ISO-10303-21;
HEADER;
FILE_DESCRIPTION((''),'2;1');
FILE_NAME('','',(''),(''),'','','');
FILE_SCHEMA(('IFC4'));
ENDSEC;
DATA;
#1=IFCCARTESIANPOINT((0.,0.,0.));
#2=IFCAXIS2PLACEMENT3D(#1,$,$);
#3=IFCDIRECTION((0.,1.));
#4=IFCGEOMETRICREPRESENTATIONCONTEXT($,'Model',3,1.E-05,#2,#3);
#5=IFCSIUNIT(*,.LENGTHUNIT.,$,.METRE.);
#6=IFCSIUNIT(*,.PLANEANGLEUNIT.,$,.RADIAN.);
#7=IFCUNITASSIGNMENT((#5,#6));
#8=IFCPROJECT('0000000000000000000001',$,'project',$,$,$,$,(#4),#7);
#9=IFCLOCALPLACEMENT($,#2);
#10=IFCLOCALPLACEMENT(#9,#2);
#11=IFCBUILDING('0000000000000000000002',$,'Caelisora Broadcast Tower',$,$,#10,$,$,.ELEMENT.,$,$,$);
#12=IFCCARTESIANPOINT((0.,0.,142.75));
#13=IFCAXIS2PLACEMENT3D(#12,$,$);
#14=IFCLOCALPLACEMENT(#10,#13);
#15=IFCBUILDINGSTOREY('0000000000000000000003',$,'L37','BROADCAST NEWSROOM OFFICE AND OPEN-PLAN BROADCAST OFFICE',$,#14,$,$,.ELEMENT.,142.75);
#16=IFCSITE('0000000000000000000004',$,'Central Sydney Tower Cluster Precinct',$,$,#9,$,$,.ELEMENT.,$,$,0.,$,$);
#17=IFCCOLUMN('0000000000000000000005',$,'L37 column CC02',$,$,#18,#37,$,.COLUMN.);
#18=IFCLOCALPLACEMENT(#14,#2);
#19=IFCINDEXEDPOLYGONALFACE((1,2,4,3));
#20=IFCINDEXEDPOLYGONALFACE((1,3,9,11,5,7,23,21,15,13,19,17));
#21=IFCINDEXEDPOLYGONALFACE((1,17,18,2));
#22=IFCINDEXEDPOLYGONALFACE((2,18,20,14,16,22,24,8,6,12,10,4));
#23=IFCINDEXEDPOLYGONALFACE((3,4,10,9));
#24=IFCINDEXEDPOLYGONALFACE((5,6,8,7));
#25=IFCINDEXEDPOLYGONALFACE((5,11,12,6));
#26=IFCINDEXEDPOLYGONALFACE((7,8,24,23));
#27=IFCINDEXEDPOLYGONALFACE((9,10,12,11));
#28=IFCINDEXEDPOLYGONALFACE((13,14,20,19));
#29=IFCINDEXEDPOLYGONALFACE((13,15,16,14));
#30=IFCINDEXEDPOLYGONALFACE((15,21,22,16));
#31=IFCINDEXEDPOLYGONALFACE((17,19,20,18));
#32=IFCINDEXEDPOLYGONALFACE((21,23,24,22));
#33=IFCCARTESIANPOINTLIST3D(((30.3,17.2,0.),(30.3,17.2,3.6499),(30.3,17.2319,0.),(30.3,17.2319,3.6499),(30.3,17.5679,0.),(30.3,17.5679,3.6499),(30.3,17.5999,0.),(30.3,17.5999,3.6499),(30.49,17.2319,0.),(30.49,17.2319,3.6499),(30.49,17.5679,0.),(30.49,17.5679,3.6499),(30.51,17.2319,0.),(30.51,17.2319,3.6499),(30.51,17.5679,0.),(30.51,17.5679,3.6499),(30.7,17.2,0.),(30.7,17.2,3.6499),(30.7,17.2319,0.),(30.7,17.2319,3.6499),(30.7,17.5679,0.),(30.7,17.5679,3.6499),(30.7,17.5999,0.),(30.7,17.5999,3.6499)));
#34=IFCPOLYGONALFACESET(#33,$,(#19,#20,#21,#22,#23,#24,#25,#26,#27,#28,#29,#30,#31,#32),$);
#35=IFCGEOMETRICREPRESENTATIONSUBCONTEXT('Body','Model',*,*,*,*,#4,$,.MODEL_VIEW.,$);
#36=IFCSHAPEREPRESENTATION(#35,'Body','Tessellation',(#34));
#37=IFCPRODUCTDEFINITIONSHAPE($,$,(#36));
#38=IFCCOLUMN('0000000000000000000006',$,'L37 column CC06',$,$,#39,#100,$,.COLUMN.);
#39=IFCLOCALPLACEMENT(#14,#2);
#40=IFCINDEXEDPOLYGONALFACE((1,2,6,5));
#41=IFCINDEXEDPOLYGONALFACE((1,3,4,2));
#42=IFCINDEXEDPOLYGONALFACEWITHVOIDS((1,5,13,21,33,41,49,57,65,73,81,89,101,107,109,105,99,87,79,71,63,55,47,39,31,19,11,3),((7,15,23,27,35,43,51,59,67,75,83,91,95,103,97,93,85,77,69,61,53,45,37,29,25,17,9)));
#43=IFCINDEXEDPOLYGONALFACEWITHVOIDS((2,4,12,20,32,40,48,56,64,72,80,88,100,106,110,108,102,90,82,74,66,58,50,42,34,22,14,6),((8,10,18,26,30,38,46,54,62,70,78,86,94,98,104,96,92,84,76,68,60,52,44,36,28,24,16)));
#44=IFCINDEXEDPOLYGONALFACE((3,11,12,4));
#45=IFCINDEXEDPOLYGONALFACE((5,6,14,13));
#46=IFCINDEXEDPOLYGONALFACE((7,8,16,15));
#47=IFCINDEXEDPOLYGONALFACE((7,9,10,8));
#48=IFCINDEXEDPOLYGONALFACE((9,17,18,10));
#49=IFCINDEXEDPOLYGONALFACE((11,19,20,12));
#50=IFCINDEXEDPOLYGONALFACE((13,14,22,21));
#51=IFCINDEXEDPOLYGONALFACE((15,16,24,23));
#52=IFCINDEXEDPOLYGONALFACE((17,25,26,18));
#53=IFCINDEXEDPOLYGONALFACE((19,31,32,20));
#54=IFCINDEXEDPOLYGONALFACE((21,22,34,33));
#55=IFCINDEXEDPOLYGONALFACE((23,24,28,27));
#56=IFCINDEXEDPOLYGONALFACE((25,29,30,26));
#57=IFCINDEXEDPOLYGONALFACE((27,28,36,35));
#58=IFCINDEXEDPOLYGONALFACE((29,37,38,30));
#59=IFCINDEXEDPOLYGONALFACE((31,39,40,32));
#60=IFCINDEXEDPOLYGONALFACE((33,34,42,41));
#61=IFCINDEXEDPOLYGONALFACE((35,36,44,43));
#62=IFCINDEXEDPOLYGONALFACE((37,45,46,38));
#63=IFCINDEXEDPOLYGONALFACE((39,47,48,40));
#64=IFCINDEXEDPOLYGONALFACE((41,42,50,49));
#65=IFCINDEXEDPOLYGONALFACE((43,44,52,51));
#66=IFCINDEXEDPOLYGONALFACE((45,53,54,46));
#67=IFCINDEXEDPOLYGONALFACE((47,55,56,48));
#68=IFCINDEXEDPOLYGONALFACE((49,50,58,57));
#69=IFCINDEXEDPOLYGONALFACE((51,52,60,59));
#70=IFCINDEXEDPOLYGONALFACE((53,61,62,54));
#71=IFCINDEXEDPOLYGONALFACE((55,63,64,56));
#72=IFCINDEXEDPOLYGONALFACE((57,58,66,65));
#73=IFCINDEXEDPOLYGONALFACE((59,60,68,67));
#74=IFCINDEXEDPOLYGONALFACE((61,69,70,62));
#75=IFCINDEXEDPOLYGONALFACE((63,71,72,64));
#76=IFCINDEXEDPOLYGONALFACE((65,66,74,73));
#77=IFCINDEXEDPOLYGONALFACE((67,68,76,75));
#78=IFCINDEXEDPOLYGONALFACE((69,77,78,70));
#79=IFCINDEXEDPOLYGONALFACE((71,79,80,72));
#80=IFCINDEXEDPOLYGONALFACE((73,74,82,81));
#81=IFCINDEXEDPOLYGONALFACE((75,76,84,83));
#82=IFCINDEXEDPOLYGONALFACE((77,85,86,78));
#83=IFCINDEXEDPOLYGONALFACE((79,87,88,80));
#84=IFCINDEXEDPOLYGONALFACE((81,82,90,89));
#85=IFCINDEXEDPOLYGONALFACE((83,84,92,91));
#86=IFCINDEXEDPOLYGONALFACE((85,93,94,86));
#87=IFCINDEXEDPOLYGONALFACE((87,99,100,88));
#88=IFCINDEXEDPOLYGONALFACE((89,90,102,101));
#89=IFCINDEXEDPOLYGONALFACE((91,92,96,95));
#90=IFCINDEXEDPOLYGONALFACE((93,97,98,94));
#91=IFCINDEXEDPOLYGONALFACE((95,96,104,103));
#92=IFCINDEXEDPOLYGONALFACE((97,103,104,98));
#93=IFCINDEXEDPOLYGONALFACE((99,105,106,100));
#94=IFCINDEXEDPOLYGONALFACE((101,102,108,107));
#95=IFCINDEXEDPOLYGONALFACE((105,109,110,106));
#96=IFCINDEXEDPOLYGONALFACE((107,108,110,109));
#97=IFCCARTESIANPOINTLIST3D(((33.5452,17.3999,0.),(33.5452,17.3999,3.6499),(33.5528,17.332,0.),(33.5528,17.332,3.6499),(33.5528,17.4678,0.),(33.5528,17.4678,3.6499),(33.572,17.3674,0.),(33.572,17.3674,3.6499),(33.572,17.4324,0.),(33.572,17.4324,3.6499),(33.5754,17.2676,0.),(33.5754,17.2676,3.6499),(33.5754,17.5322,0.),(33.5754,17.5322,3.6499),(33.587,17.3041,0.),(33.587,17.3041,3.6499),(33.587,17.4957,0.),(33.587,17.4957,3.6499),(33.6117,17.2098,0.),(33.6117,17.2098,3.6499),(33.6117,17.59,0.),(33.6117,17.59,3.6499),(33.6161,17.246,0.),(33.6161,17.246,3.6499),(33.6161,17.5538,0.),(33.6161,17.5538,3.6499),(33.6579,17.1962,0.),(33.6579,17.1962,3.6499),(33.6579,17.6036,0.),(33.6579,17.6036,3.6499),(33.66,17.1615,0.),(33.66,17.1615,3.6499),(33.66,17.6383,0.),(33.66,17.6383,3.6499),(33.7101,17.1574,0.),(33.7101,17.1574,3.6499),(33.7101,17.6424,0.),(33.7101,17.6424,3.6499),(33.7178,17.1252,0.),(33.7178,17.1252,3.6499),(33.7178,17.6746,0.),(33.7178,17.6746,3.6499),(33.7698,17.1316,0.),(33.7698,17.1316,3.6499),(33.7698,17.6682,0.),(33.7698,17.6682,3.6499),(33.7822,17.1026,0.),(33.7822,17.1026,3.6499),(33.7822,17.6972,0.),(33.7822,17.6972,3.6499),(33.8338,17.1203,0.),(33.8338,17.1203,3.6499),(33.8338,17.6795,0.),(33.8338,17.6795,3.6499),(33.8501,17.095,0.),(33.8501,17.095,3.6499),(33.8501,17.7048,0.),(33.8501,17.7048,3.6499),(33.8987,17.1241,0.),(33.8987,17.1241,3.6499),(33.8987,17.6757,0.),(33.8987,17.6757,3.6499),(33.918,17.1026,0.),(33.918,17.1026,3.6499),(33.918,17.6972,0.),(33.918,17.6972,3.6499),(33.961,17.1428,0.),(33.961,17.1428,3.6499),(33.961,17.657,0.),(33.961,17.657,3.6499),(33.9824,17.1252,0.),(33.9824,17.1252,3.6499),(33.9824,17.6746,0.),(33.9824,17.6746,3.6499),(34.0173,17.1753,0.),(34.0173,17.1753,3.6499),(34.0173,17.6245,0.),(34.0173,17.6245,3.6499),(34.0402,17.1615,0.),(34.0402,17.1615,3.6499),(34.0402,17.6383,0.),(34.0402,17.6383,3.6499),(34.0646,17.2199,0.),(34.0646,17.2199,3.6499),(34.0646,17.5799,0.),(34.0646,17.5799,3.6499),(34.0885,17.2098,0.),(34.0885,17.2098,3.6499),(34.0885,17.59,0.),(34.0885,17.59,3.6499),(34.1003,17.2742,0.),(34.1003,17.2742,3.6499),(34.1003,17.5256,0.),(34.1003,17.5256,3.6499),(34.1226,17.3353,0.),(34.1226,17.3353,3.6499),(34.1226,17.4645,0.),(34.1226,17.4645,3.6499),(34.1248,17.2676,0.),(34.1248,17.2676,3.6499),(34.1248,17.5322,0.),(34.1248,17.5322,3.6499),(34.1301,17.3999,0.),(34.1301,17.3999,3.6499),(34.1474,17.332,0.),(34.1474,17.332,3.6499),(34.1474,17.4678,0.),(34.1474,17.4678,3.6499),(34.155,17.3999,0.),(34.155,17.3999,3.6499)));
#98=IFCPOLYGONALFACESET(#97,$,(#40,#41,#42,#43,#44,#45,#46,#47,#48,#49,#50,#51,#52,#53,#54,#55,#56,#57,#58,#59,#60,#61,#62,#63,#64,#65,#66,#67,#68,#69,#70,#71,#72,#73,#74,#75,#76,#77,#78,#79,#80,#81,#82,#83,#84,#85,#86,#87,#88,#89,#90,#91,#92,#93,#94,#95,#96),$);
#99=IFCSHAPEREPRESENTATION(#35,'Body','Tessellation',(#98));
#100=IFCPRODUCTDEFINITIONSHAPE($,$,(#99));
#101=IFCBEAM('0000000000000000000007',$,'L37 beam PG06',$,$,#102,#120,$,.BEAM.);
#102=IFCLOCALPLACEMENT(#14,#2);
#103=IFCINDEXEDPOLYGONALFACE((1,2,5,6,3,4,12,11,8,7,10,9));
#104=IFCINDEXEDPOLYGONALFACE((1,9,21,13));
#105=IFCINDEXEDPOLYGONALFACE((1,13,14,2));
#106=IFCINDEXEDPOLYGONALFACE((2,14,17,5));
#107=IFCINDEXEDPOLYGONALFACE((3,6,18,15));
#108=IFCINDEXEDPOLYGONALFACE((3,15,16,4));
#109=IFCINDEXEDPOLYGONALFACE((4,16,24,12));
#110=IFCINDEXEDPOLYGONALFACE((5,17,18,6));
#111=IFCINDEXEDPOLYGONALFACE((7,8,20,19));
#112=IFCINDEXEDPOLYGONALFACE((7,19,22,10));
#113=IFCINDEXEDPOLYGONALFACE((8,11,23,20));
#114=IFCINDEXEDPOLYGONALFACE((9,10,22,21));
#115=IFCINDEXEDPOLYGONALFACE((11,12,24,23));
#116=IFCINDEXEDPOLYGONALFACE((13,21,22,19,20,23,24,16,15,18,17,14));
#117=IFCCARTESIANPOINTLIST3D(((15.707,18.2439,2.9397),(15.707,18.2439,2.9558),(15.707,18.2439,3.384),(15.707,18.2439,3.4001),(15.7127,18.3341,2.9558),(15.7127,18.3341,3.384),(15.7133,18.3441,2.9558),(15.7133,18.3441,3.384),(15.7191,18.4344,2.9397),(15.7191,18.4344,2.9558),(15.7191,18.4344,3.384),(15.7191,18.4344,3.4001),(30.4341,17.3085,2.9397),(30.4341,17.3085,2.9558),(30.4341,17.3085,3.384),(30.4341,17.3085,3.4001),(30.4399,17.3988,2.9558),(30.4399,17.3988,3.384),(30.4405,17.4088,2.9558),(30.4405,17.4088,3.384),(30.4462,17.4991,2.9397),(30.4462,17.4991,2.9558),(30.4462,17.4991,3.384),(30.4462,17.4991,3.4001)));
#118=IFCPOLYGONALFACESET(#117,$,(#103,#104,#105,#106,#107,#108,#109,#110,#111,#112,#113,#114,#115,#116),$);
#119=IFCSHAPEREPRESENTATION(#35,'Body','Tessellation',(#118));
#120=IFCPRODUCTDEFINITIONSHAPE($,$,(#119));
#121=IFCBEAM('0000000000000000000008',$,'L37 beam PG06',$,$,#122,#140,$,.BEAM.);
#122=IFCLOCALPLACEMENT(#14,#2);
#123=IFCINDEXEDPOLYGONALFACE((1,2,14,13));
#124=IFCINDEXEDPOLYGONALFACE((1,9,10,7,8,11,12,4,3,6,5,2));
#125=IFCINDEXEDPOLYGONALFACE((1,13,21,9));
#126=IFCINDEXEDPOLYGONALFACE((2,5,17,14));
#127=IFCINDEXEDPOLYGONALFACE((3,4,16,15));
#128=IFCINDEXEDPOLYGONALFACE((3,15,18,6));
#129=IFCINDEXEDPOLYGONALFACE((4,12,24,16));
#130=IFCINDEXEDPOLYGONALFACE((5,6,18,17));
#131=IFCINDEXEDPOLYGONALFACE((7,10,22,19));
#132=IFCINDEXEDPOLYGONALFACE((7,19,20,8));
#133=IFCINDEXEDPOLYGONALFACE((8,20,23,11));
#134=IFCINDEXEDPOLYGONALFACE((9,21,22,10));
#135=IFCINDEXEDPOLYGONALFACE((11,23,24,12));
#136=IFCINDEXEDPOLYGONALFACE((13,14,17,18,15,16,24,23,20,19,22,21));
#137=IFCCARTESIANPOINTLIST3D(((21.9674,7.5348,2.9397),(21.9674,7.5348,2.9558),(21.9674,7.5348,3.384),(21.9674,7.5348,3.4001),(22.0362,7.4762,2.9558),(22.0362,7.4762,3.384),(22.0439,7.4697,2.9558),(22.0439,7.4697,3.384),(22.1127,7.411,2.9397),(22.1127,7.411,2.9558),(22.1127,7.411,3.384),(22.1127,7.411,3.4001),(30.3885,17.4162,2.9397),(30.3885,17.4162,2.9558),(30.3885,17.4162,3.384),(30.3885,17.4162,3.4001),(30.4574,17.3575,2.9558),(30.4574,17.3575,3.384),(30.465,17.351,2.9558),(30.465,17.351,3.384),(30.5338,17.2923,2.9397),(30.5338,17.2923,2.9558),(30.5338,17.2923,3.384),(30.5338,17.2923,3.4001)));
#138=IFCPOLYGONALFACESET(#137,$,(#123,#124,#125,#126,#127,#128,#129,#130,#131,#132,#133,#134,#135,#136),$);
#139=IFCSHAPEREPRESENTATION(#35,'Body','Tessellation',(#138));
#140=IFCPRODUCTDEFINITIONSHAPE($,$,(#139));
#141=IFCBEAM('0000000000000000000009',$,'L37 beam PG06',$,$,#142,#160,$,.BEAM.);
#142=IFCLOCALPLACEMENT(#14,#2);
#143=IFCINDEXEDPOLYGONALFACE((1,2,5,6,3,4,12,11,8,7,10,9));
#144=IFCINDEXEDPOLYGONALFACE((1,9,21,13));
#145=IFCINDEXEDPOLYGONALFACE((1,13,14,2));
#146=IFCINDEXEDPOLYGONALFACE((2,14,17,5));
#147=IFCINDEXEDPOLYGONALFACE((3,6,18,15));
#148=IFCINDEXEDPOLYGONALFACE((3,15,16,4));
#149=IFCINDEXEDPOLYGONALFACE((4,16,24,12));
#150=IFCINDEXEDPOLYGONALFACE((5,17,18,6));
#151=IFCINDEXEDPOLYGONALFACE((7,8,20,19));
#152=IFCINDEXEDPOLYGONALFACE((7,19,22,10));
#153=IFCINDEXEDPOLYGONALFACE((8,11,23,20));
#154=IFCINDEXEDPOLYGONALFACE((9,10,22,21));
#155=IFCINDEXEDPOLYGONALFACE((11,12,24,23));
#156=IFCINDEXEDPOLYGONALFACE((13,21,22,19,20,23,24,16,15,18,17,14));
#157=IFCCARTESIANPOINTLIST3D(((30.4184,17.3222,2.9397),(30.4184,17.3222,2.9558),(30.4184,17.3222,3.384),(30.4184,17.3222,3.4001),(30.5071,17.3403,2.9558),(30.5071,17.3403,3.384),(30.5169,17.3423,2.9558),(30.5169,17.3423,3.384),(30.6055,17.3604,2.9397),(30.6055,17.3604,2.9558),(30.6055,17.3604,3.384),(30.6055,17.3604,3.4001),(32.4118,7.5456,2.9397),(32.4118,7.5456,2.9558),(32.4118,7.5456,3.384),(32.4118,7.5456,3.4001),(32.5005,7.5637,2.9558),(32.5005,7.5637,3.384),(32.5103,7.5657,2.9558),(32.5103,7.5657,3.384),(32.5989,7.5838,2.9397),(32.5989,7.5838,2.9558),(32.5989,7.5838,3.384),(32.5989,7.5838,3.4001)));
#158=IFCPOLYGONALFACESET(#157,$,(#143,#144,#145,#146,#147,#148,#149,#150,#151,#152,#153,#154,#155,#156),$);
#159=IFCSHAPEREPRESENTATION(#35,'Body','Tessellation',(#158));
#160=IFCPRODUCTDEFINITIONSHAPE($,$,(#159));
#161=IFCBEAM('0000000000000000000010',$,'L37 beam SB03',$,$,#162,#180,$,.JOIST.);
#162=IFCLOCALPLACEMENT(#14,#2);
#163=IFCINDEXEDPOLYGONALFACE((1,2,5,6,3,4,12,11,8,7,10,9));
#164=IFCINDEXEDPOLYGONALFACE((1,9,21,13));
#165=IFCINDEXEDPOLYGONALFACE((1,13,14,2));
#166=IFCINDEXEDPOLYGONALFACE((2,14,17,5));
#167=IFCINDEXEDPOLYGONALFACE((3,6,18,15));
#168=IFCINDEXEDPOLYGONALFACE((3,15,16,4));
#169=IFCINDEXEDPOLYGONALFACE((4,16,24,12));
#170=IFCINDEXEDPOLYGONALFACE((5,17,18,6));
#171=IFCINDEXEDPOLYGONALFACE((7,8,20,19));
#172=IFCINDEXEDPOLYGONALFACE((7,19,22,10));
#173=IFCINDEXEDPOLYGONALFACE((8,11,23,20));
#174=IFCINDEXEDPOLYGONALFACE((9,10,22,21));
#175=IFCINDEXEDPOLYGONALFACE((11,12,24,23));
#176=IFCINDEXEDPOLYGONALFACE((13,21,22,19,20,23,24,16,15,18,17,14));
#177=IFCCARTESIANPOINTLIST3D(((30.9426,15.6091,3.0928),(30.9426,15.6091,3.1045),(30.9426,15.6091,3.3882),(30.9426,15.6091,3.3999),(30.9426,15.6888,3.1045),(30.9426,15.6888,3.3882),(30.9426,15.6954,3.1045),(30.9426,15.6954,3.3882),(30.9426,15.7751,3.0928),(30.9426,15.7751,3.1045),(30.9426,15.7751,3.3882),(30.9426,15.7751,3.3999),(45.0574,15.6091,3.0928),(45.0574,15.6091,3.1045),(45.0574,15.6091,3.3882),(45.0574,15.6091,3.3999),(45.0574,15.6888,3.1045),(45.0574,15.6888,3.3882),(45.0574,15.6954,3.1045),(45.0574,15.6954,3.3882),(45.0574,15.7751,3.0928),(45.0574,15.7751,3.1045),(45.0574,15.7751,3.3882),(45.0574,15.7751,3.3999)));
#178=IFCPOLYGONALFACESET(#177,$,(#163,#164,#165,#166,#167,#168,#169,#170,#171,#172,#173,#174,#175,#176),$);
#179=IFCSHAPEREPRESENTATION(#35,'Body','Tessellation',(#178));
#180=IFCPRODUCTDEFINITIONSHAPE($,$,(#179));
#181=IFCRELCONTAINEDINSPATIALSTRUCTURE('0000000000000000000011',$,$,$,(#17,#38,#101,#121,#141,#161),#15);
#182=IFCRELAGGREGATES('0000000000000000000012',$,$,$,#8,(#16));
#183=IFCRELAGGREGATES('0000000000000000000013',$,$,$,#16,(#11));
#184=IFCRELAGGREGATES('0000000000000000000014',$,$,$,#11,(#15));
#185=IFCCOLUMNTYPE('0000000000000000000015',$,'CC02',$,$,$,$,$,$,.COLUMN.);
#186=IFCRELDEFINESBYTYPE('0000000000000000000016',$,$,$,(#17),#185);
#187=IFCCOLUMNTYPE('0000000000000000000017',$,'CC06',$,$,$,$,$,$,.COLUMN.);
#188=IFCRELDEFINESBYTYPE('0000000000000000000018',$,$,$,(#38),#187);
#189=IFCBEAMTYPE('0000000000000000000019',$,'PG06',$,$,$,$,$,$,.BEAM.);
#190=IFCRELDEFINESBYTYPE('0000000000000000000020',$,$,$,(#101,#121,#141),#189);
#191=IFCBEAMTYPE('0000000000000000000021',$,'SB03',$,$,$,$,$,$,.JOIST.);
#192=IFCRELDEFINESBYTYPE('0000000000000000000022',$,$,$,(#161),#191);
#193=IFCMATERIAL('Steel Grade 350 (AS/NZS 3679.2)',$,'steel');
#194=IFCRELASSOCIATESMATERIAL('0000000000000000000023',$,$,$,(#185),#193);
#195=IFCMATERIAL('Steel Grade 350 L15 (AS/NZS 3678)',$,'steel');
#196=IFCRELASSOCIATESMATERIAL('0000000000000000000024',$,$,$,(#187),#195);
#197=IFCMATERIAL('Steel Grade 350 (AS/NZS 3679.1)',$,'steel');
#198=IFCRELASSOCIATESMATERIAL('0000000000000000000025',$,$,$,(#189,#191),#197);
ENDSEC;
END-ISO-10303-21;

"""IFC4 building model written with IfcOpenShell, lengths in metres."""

from ifc_helpers import new_model, si_unit, direction, frame, origin, origin_2d, place, context, subcontext, project, spatial, hollow_circle, i_section, extrude, source, transform, mapped, material, material_profile, profile_set, type_object, type_shapes, element, save


model = new_model("IFC4")

# Units and contexts
model_context = context("Model", 3, precision=1e-05, world=origin(), true_north=direction((0.0, 1.0)))
body_context = subcontext(model_context, "Body", "Model", "MODEL_VIEW")
ifc_project = project(units=[si_unit("LENGTHUNIT", "METRE"), si_unit("PLANEANGLEUNIT", "RADIAN")], contexts=[model_context])

# Site, building, storey
site_placement = place(None, origin())
site = spatial("IfcSite", under=ifc_project, at=site_placement, Name="Central Sydney Tower Cluster Precinct", CompositionType="ELEMENT", RefElevation=0.0)
building_placement = place(site_placement, origin())
building = spatial("IfcBuilding", under=site, at=building_placement, Name="Caelisora Broadcast Tower", CompositionType="ELEMENT")
storey_placement = place(building_placement, frame((0.0, 0.0, 142.75)))
storey = spatial("IfcBuildingStorey", under=building, at=storey_placement, Name="L37", Description="BROADCAST NEWSROOM OFFICE AND OPEN-PLAN BROADCAST OFFICE", CompositionType="ELEMENT", Elevation=142.75)

# Columns
ifc_material_1 = material(Name="Steel Grade 350 (AS/NZS 3679.2)", Category="steel")
ifc_material_profile_1 = material_profile(ifc_material_1, i_section(OverallWidth=0.3999, OverallDepth=0.3999, WebThickness=0.02, FlangeThickness=0.032, at=origin_2d()), Name="Steel Grade 350 (AS/NZS 3679.2)")
ifc_profile_set_1 = profile_set([ifc_material_profile_1], Name="Steel Grade 350 (AS/NZS 3679.2)")
column_type_1 = type_object("IfcColumnType", Name="CC02", PredefinedType="COLUMN", material=ifc_profile_set_1)
shared_shape_1 = source(origin(), body_context, "Body", "SweptSolid", [
    extrude(i_section(OverallWidth=0.3999, OverallDepth=0.3999, WebThickness=0.02, FlangeThickness=0.032, at=origin_2d()), origin(), (0.0, 0.0, 1.0), 3.6499),
])
type_shapes(column_type_1, [shared_shape_1])
column_1_placement = place(storey_placement, frame((30.5, 17.3999, 0.0), z_axis=(0.0, 0.0, 1.0), x_axis=(1.0, 0.0, 0.0)))
element("IfcColumn", 1, at=column_1_placement, inside=storey, type_object=column_type_1, Name="L37 column CC02", PredefinedType="COLUMN", context=body_context, shape_type="MappedRepresentation", body=[
    mapped(shared_shape_1, transform((0.0, 0.0, 0.0), scale=1.0)),
])
ifc_material_2 = material(Name="Steel Grade 350 L15 (AS/NZS 3678)", Category="steel")
ifc_material_profile_2 = material_profile(ifc_material_2, hollow_circle(Radius=0.3049, WallThickness=0.0249, at=origin_2d()), Name="Steel Grade 350 L15 (AS/NZS 3678)")
ifc_profile_set_2 = profile_set([ifc_material_profile_2], Name="Steel Grade 350 L15 (AS/NZS 3678)")
column_type_2 = type_object("IfcColumnType", Name="CC06", PredefinedType="COLUMN", material=ifc_profile_set_2)
shared_shape_2 = source(origin(), body_context, "Body", "SweptSolid", [
    extrude(hollow_circle(Radius=0.3049, WallThickness=0.0249, at=origin_2d()), origin(), (0.0, 0.0, 1.0), 3.6499),
])
type_shapes(column_type_2, [shared_shape_2])
column_2_placement = place(storey_placement, frame((33.8501, 17.3999, 0.0), z_axis=(0.0, 0.0, 1.0), x_axis=(1.0, 0.0, 0.0)))
element("IfcColumn", 2, at=column_2_placement, inside=storey, type_object=column_type_2, Name="L37 column CC06", PredefinedType="COLUMN", context=body_context, shape_type="MappedRepresentation", body=[
    mapped(shared_shape_2, transform((0.0, 0.0, 0.0), scale=1.0)),
])

# Beams
ifc_material_3 = material(Name="Steel Grade 350 (AS/NZS 3679.1)", Category="steel")
ifc_material_profile_3 = material_profile(ifc_material_3, i_section(OverallWidth=0.1909, OverallDepth=0.4604, WebThickness=0.01, FlangeThickness=0.0161, at=origin_2d()), Name="Steel Grade 350 (AS/NZS 3679.1)")
ifc_profile_set_3 = profile_set([ifc_material_profile_3], Name="Steel Grade 350 (AS/NZS 3679.1)")
beam_type_1 = type_object("IfcBeamType", Name="PG06", PredefinedType="BEAM", material=ifc_profile_set_3)
shared_shape_3 = source(origin(), body_context, "Body", "SweptSolid", [
    extrude(i_section(OverallWidth=0.1909, OverallDepth=0.4604, WebThickness=0.01, FlangeThickness=0.0161, at=origin_2d()), origin(), (0.0, 0.0, 1.0), 14.7568),
])
beam_1_placement = place(storey_placement, frame((30.4402, 17.4038, 3.1699), z_axis=(-0.997989, 0.063381, 0.0), x_axis=(-0.063381, -0.997989, 0.0)))
element("IfcBeam", 3, at=beam_1_placement, inside=storey, type_object=beam_type_1, Name="L37 beam PG06", PredefinedType="BEAM", context=body_context, shape_type="MappedRepresentation", body=[
    mapped(shared_shape_3, transform((0.0, 0.0, 0.0), scale=1.0)),
])
shared_shape_4 = source(origin(), body_context, "Body", "SweptSolid", [
    extrude(i_section(OverallWidth=0.1909, OverallDepth=0.4604, WebThickness=0.01, FlangeThickness=0.0161, at=origin_2d()), origin(), (0.0, 0.0, 1.0), 12.9829),
])
beam_2_placement = place(storey_placement, frame((30.4612, 17.3542, 3.1699), z_axis=(-0.648632, -0.761103, 0.0), x_axis=(0.761103, -0.648632, 0.0)))
element("IfcBeam", 4, at=beam_2_placement, inside=storey, type_object=beam_type_1, Name="L37 beam PG06", PredefinedType="BEAM", context=body_context, shape_type="MappedRepresentation", body=[
    mapped(shared_shape_4, transform((0.0, 0.0, 0.0), scale=1.0)),
])
shared_shape_5 = source(origin(), body_context, "Body", "SweptSolid", [
    extrude(i_section(OverallWidth=0.1909, OverallDepth=0.4604, WebThickness=0.01, FlangeThickness=0.0161, at=origin_2d()), origin(), (0.0, 0.0, 1.0), 9.9778),
])
type_shapes(beam_type_1, [shared_shape_3, shared_shape_4, shared_shape_5])
beam_3_placement = place(storey_placement, frame((30.512, 17.3413, 3.1699), z_axis=(0.199785, -0.97984, 0.0), x_axis=(0.97984, 0.199785, 0.0)))
element("IfcBeam", 5, at=beam_3_placement, inside=storey, type_object=beam_type_1, Name="L37 beam PG06", PredefinedType="BEAM", context=body_context, shape_type="MappedRepresentation", body=[
    mapped(shared_shape_5, transform((0.0, 0.0, 0.0), scale=1.0)),
])
ifc_material_profile_4 = material_profile(ifc_material_3, i_section(OverallWidth=0.166, OverallDepth=0.3071, WebThickness=0.0066, FlangeThickness=0.0117, at=origin_2d()), Name="Steel Grade 350 (AS/NZS 3679.1)")
ifc_profile_set_4 = profile_set([ifc_material_profile_4], Name="Steel Grade 350 (AS/NZS 3679.1)")
beam_type_2 = type_object("IfcBeamType", Name="SB03", PredefinedType="JOIST", material=ifc_profile_set_4)
shared_shape_6 = source(origin(), body_context, "Body", "SweptSolid", [
    extrude(i_section(OverallWidth=0.166, OverallDepth=0.3071, WebThickness=0.0066, FlangeThickness=0.0117, at=origin_2d()), origin(), (0.0, 0.0, 1.0), 14.1147),
])
type_shapes(beam_type_2, [shared_shape_6])
beam_4_placement = place(storey_placement, frame((30.9426, 15.6921, 3.2463), z_axis=(1.0, 0.0, 0.0), x_axis=(0.0, 1.0, 0.0)))
element("IfcBeam", 6, at=beam_4_placement, inside=storey, type_object=beam_type_2, Name="L37 beam SB03", PredefinedType="JOIST", context=body_context, shape_type="MappedRepresentation", body=[
    mapped(shared_shape_6, transform((0.0, 0.0, 0.0), scale=1.0)),
])

save(model, "model.ifc")
